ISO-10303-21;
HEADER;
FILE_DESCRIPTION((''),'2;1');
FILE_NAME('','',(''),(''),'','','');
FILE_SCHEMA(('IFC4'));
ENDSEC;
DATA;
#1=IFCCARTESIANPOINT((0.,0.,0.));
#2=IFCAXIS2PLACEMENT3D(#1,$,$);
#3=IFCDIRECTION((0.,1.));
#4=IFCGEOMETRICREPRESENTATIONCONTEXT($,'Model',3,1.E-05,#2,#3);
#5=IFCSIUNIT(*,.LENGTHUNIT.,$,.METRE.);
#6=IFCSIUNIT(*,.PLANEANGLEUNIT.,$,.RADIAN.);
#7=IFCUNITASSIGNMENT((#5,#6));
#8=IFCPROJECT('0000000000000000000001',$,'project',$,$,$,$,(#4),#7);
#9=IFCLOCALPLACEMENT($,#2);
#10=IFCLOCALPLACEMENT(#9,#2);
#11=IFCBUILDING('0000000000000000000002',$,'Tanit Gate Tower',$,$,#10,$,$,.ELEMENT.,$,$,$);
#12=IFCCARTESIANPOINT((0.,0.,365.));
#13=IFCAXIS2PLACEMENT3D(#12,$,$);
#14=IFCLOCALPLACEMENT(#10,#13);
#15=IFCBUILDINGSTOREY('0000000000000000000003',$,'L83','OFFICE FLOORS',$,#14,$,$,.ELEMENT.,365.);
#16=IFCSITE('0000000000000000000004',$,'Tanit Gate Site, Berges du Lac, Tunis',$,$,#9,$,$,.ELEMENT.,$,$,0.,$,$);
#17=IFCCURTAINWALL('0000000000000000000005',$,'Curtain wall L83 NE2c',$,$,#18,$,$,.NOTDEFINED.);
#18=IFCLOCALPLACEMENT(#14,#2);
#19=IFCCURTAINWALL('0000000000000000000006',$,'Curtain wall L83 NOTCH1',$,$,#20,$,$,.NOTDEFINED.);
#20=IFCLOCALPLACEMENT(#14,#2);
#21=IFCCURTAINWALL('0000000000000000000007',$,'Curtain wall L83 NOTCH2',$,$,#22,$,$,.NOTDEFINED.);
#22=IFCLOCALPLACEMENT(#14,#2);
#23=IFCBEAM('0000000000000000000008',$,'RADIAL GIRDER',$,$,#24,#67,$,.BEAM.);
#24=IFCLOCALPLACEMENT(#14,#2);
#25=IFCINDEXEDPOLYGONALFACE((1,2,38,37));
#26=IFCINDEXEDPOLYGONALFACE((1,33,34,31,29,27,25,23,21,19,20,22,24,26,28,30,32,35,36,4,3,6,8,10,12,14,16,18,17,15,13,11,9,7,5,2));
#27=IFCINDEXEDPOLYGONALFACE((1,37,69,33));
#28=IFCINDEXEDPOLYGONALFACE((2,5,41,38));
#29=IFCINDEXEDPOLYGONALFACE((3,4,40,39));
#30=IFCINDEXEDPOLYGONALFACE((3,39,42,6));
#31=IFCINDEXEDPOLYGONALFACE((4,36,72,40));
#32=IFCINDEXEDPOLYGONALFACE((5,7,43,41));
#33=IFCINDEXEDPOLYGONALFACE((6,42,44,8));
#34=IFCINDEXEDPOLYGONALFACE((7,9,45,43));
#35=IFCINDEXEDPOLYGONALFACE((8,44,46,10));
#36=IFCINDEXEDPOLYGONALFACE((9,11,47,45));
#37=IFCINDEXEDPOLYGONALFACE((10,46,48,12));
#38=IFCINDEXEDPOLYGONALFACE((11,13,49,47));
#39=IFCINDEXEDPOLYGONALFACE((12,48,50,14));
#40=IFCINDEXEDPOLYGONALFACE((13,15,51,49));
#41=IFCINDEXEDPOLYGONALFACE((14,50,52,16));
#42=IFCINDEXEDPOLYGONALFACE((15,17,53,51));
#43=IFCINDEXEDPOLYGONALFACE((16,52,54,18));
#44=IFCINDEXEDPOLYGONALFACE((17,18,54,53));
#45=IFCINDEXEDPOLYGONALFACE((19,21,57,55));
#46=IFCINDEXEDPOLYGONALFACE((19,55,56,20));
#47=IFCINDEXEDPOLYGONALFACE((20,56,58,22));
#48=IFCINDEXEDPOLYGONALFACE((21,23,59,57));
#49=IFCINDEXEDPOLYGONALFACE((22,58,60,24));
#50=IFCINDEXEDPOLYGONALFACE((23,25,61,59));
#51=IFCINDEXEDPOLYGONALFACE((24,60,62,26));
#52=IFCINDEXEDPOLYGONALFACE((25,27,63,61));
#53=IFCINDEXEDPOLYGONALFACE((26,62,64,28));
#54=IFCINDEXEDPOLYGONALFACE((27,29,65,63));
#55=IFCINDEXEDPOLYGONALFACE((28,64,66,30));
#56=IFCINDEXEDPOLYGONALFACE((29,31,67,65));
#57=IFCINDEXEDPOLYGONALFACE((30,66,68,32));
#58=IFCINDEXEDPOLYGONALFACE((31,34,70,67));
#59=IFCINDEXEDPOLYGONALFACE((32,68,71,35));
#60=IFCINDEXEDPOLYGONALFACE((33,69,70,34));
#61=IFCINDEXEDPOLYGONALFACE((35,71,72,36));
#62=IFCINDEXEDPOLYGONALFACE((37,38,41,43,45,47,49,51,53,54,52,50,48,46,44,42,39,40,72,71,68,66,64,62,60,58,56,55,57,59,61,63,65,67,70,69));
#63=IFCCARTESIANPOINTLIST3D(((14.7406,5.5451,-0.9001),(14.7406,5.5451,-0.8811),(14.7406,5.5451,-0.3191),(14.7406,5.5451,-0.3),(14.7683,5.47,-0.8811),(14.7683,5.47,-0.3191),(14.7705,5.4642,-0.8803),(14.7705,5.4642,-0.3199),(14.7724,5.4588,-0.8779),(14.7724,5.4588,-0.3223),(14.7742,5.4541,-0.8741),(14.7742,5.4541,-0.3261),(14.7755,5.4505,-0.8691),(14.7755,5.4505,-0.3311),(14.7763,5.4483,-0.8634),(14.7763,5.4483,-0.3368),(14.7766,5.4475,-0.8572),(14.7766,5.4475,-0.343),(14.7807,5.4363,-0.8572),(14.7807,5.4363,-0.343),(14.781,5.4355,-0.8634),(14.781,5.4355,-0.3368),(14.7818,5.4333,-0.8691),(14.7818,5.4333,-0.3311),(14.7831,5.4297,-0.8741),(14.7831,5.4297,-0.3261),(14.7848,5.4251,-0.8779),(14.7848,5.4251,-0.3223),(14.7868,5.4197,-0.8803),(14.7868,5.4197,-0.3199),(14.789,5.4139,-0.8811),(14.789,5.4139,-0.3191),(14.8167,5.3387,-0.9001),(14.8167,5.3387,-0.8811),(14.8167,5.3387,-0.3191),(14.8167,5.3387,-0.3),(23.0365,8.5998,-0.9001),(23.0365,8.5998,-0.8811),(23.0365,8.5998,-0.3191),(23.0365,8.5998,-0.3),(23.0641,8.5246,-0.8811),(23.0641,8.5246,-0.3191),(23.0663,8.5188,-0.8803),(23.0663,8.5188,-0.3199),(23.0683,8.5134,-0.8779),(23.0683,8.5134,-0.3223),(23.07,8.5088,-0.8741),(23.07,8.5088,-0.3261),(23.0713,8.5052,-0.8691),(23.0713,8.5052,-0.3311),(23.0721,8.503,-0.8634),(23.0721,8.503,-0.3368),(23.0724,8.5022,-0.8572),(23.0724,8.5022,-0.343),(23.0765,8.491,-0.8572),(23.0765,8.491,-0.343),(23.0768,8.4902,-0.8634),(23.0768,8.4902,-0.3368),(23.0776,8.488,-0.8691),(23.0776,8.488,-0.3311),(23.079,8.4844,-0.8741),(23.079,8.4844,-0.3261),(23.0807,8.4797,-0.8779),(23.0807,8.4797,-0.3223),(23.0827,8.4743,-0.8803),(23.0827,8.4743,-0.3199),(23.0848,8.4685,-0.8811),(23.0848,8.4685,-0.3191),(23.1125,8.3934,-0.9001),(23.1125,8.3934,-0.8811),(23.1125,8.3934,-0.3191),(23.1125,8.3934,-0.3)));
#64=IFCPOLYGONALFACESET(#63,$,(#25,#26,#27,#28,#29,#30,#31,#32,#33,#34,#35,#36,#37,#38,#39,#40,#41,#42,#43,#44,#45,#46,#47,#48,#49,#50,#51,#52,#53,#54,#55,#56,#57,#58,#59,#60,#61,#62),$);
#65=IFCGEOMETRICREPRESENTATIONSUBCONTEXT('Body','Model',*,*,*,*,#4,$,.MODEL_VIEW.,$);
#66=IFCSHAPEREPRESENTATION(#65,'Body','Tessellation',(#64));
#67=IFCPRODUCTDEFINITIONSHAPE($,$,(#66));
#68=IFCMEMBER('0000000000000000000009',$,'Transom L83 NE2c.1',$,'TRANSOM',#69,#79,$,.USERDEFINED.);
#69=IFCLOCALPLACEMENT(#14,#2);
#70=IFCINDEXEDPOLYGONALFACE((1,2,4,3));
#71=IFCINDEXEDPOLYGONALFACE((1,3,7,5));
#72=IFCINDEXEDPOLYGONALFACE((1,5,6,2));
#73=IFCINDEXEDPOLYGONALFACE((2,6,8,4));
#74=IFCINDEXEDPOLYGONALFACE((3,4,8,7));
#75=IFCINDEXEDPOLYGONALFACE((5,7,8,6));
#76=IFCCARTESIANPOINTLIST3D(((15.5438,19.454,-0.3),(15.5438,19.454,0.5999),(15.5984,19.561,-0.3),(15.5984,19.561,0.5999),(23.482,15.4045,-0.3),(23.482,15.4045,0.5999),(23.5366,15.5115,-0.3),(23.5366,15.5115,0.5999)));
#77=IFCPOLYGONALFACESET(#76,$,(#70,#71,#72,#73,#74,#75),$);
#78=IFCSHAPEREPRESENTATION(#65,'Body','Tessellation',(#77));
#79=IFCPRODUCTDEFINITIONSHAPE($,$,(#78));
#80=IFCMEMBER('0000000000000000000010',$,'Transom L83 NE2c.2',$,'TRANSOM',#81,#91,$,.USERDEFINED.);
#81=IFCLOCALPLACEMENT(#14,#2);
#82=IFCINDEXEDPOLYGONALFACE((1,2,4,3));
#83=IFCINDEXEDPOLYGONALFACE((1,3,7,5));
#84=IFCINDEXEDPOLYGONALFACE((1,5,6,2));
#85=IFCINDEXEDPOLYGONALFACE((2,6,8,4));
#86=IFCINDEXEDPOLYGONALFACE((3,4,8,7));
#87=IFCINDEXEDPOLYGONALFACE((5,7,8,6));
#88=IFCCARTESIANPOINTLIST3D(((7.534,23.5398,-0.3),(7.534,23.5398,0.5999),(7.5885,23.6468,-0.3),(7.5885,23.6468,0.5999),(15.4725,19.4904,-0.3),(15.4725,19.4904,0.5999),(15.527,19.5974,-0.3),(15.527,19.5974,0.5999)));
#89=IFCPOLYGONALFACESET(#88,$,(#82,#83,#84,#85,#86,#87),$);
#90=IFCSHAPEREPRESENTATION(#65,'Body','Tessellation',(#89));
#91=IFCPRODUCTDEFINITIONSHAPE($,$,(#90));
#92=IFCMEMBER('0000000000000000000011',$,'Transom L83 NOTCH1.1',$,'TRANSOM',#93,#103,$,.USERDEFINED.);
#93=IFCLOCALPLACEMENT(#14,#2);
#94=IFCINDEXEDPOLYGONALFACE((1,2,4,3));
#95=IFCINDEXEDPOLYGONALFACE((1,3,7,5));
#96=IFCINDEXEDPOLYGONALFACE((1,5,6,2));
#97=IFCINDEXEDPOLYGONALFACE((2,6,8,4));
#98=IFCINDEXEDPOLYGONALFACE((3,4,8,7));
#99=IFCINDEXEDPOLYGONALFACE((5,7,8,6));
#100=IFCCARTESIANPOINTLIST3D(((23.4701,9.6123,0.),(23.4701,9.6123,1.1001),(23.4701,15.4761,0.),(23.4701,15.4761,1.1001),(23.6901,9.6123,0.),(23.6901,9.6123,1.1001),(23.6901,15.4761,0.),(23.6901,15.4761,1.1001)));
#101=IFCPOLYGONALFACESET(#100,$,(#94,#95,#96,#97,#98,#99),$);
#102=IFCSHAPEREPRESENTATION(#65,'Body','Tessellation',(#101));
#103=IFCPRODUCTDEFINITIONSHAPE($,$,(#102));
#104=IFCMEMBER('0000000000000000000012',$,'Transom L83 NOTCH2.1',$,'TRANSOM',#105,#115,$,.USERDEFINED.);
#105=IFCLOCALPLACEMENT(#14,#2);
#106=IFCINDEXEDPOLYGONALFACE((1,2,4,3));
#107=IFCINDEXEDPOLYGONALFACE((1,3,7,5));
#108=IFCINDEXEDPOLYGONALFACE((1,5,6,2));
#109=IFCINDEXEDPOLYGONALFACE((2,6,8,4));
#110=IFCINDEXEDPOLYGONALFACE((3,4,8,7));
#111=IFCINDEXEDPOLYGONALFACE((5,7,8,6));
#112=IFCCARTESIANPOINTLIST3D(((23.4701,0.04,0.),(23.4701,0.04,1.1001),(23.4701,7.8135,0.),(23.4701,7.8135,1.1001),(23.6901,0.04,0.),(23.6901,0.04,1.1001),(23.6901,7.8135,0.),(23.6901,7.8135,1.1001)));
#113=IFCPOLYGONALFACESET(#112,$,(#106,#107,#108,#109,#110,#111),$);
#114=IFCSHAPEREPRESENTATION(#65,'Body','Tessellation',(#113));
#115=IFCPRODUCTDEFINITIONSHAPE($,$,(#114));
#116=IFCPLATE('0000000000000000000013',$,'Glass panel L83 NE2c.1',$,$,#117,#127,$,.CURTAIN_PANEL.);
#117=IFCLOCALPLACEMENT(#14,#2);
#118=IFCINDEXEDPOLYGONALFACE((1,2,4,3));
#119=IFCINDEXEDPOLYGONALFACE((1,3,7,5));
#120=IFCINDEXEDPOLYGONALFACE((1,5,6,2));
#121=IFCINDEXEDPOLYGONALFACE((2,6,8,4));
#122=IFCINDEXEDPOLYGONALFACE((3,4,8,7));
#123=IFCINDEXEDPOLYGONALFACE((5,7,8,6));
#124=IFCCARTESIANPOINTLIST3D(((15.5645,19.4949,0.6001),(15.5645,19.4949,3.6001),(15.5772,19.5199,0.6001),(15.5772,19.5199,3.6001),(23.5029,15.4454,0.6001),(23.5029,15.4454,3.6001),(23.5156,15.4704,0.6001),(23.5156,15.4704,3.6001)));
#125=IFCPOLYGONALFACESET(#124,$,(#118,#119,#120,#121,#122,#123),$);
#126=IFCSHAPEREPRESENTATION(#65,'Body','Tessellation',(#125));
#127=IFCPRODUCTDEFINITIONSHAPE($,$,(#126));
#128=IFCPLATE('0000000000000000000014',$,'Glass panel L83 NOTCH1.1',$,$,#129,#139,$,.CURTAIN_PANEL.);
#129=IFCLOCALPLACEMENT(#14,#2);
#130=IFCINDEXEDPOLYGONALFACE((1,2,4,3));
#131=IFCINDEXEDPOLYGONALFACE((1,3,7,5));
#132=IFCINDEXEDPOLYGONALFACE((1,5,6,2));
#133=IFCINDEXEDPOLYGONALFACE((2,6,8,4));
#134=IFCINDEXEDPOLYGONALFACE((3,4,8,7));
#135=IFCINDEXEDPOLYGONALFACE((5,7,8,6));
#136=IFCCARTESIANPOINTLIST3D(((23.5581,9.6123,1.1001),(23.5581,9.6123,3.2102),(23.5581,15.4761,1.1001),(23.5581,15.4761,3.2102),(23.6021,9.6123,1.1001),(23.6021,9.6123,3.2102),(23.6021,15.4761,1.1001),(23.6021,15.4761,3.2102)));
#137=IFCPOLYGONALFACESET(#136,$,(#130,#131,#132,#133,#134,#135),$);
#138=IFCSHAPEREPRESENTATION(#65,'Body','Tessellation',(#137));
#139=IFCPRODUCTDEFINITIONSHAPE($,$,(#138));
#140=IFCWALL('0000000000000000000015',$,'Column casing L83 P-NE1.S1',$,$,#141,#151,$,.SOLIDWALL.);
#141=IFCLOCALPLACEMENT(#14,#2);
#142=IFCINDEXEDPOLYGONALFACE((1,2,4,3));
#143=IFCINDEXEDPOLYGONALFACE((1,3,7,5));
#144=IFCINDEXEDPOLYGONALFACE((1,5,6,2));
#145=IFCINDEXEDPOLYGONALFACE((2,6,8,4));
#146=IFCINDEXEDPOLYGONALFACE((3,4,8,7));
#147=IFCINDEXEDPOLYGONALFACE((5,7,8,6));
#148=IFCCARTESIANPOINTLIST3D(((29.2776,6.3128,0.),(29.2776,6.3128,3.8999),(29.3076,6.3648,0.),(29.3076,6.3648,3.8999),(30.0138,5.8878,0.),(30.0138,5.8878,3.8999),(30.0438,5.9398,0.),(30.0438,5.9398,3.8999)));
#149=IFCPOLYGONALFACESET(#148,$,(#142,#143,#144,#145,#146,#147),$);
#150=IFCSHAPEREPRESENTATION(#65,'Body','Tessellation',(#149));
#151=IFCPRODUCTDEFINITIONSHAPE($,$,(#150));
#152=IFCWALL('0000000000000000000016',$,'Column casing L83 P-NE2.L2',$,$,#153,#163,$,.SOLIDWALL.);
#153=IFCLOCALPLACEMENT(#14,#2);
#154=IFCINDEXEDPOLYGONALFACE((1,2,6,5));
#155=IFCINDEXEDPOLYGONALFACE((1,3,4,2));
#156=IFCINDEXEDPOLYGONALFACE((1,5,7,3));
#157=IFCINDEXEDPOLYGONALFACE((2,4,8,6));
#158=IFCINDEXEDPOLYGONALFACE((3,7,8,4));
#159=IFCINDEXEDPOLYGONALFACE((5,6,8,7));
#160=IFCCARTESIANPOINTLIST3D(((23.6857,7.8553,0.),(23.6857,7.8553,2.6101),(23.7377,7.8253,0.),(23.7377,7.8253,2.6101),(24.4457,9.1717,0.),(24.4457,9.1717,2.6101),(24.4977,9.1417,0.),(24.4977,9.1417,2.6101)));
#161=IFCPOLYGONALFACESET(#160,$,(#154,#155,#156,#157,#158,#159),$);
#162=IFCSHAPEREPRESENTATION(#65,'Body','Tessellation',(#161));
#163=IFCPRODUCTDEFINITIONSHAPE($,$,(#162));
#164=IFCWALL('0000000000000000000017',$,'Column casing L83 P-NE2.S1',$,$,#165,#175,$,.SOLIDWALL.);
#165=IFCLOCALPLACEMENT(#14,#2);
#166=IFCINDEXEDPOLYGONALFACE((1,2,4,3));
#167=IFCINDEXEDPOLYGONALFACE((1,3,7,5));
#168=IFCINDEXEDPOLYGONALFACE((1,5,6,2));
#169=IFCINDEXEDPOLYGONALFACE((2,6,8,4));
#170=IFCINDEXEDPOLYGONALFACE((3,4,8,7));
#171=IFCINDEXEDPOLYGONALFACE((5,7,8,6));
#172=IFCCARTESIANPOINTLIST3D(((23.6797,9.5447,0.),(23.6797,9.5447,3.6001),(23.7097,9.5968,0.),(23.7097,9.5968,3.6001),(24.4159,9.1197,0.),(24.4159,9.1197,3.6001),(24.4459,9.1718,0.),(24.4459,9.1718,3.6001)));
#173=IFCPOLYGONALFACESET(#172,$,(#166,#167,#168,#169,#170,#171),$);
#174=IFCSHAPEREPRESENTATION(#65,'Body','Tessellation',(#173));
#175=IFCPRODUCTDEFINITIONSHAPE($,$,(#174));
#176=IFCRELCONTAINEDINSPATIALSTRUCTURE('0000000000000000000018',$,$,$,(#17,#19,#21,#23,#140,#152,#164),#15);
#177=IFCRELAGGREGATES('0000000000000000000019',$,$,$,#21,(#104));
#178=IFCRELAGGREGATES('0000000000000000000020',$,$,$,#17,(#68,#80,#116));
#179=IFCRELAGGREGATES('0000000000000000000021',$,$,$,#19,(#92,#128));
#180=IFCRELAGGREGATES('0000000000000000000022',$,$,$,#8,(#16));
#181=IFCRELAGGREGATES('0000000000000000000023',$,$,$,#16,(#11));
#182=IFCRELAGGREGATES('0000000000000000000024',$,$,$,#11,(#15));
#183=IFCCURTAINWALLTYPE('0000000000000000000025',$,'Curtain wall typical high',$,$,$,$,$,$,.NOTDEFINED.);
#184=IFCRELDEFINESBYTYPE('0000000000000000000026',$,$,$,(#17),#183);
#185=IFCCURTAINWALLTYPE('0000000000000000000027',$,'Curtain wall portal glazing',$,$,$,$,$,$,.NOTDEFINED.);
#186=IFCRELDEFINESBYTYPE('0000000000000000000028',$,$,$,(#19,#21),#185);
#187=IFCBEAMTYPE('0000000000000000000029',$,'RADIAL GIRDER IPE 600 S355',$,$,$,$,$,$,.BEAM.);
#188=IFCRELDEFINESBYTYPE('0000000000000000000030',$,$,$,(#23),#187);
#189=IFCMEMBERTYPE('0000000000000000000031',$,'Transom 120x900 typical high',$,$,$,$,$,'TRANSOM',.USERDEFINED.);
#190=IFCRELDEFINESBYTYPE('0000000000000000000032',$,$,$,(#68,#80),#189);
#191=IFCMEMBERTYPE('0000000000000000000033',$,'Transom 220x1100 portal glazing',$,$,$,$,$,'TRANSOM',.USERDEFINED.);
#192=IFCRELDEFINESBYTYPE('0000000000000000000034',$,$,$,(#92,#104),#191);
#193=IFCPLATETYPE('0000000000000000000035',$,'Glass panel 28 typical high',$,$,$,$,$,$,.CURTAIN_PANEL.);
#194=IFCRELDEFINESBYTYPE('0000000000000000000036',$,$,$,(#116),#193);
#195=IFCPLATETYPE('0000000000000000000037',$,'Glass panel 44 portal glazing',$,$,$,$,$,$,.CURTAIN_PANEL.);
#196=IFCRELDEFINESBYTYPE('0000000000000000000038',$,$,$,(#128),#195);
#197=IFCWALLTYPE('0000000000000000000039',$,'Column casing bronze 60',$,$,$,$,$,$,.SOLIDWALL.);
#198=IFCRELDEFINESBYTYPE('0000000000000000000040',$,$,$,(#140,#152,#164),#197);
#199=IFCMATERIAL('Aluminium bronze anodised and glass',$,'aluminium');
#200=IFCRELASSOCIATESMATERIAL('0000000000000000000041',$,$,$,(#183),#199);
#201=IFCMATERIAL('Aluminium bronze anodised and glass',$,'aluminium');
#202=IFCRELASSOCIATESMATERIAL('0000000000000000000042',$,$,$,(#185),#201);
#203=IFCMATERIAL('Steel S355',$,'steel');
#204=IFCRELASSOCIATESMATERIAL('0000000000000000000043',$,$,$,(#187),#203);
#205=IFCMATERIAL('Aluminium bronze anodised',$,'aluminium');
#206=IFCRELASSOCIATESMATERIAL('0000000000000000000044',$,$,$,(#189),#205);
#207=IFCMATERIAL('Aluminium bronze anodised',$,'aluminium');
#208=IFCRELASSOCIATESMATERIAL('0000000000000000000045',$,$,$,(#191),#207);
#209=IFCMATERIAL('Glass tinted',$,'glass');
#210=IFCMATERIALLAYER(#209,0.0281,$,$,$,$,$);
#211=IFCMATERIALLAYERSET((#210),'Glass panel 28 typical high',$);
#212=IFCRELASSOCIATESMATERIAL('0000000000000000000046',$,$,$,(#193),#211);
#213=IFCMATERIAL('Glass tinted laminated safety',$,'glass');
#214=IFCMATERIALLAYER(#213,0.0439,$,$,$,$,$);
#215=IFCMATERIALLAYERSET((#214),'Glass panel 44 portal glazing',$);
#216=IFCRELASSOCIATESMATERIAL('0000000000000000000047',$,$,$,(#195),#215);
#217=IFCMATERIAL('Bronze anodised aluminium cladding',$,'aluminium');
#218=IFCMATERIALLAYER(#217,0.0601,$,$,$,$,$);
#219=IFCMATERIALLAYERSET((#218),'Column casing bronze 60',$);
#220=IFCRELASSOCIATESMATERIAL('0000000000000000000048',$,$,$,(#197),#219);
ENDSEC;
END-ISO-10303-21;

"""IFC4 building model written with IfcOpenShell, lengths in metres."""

from ifc_helpers import new_model, si_unit, direction, frame, frame_2d, origin, origin_2d, place, context, subcontext, project, spatial, rectangle, i_section, extrude, material, layer, layer_set, material_profile, profile_set, type_object, element, aggregate, save


model = new_model("IFC4")

# Units and contexts
model_context = context("Model", 3, precision=1e-05, world=origin(), true_north=direction((0.0, 1.0)))
body_context = subcontext(model_context, "Body", "Model", "MODEL_VIEW")
ifc_project = project(units=[si_unit("LENGTHUNIT", "METRE"), si_unit("PLANEANGLEUNIT", "RADIAN")], contexts=[model_context])

# Site, building, storey
site_placement = place(None, origin())
site = spatial("IfcSite", under=ifc_project, at=site_placement, Name="Tanit Gate Site, Berges du Lac, Tunis", CompositionType="ELEMENT", RefElevation=0.0)
building_placement = place(site_placement, origin())
building = spatial("IfcBuilding", under=site, at=building_placement, Name="Tanit Gate Tower", CompositionType="ELEMENT")
storey_placement = place(building_placement, frame((0.0, 0.0, 365.0)))
storey = spatial("IfcBuildingStorey", under=building, at=storey_placement, Name="L83", Description="OFFICE FLOORS", CompositionType="ELEMENT", Elevation=365.0)

# Curtain walls
ifc_material_1 = material(Name="Aluminium bronze anodised and glass", Category="aluminium")
curtain_wall_type_1 = type_object("IfcCurtainWallType", Name="Curtain wall typical high", PredefinedType="NOTDEFINED", material=ifc_material_1)
curtain_wall_1_placement = place(storey_placement, origin())
curtain_wall_1 = element("IfcCurtainWall", 1, at=curtain_wall_1_placement, inside=storey, type_object=curtain_wall_type_1, Name="Curtain wall L83 NE2c", PredefinedType="NOTDEFINED")
ifc_material_2 = material(Name="Aluminium bronze anodised and glass", Category="aluminium")
curtain_wall_type_2 = type_object("IfcCurtainWallType", Name="Curtain wall portal glazing", PredefinedType="NOTDEFINED", material=ifc_material_2)
curtain_wall_2_placement = place(storey_placement, origin())
curtain_wall_2 = element("IfcCurtainWall", 2, at=curtain_wall_2_placement, inside=storey, type_object=curtain_wall_type_2, Name="Curtain wall L83 NOTCH1", PredefinedType="NOTDEFINED")

# Curtain wall
curtain_wall_3_placement = place(storey_placement, origin())
curtain_wall_3 = element("IfcCurtainWall", 3, at=curtain_wall_3_placement, inside=storey, type_object=curtain_wall_type_2, Name="Curtain wall L83 NOTCH2", PredefinedType="NOTDEFINED")

# Beam
ifc_material_3 = material(Name="Steel S355", Category="steel")
ifc_material_profile_1 = material_profile(ifc_material_3, i_section(OverallWidth=0.22, OverallDepth=0.6001, WebThickness=0.012, FlangeThickness=0.019, FilletRadius=0.0239, at=origin_2d()), Name="IPE 600")
ifc_profile_set_1 = profile_set([ifc_material_profile_1], Name="Steel S355")
beam_type_1 = type_object("IfcBeamType", Name="RADIAL GIRDER IPE 600 S355", PredefinedType="BEAM", material=ifc_profile_set_1)
beam_1_placement = place(storey_placement, frame((23.0745, 8.4966, -0.6001), z_axis=(-0.938405, -0.345536, 0.0), x_axis=(0.345536, -0.938405, 0.0)))
element("IfcBeam", 4, at=beam_1_placement, inside=storey, type_object=beam_type_1, Name="RADIAL GIRDER", PredefinedType="BEAM", context=body_context, shape_type="SweptSolid", body=[
    extrude(i_section(OverallWidth=0.22, OverallDepth=0.6001, WebThickness=0.012, FlangeThickness=0.019, FilletRadius=0.0239, at=origin_2d()), origin(), (0.0, 0.0, 1.0), 8.8403),
])

# Members
ifc_material_4 = material(Name="Aluminium bronze anodised", Category="aluminium")
ifc_material_profile_2 = material_profile(ifc_material_4, rectangle(XDim=0.1201, YDim=0.8999, at=origin_2d()), Name="120x900 bronze transom")
ifc_profile_set_2 = profile_set([ifc_material_profile_2], Name="Aluminium bronze anodised")
member_type_1 = type_object("IfcMemberType", Name="Transom 120x900 typical high", ElementType="TRANSOM", PredefinedType="USERDEFINED", material=ifc_profile_set_2)
member_1_placement = place(storey_placement, frame((23.5093, 15.458, 0.1499), z_axis=(-0.890787, 0.454421, 0.0), x_axis=(-0.454421, -0.890787, 0.0)))
member_1 = element("IfcMember", 5, at=member_1_placement, type_object=member_type_1, Name="Transom L83 NE2c.1", ObjectType="TRANSOM", PredefinedType="USERDEFINED", context=body_context, shape_type="SweptSolid", body=[
    extrude(rectangle(XDim=0.1201, YDim=0.8999, at=origin_2d()), origin(), (0.0, 0.0, 1.0), 8.9114),
])
member_2_placement = place(storey_placement, frame((15.4998, 19.5439, 0.1499), z_axis=(-0.890804, 0.454388, 0.0), x_axis=(-0.454388, -0.890804, 0.0)))
member_2 = element("IfcMember", 6, at=member_2_placement, type_object=member_type_1, Name="Transom L83 NE2c.2", ObjectType="TRANSOM", PredefinedType="USERDEFINED", context=body_context, shape_type="SweptSolid", body=[
    extrude(rectangle(XDim=0.1201, YDim=0.8999, at=origin_2d()), origin(), (0.0, 0.0, 1.0), 8.9116),
])
ifc_material_5 = material(Name="Aluminium bronze anodised", Category="aluminium")
ifc_material_profile_3 = material_profile(ifc_material_5, rectangle(XDim=0.22, YDim=1.1001, at=origin_2d()), Name="220x1100 bronze transom")
ifc_profile_set_3 = profile_set([ifc_material_profile_3], Name="Aluminium bronze anodised")
member_type_2 = type_object("IfcMemberType", Name="Transom 220x1100 portal glazing", ElementType="TRANSOM", PredefinedType="USERDEFINED", material=ifc_profile_set_3)
member_3_placement = place(storey_placement, frame((23.5801, 15.4761, 0.55), z_axis=(0.0, -1.0, 0.0), x_axis=(1.0, 0.0, 0.0)))
member_3 = element("IfcMember", 7, at=member_3_placement, type_object=member_type_2, Name="Transom L83 NOTCH1.1", ObjectType="TRANSOM", PredefinedType="USERDEFINED", context=body_context, shape_type="SweptSolid", body=[
    extrude(rectangle(XDim=0.22, YDim=1.1001, at=origin_2d()), origin(), (0.0, 0.0, 1.0), 5.8638),
])
member_4_placement = place(storey_placement, frame((23.5801, 7.8135, 0.55), z_axis=(0.0, -1.0, 0.0), x_axis=(1.0, 0.0, 0.0)))
member_4 = element("IfcMember", 8, at=member_4_placement, type_object=member_type_2, Name="Transom L83 NOTCH2.1", ObjectType="TRANSOM", PredefinedType="USERDEFINED", context=body_context, shape_type="SweptSolid", body=[
    extrude(rectangle(XDim=0.22, YDim=1.1001, at=origin_2d()), origin(), (0.0, 0.0, 1.0), 7.7734),
])
aggregate(curtain_wall_3, [member_4])

# Plates
ifc_material_6 = material(Name="Glass tinted", Category="glass")
ifc_layer_1 = layer(ifc_material_6, 0.0281)
ifc_layer_set_1 = layer_set([ifc_layer_1], Name="Glass panel 28 typical high")
plate_type_1 = type_object("IfcPlateType", Name="Glass panel 28 typical high", PredefinedType="CURTAIN_PANEL", material=ifc_layer_set_1)
plate_1_placement = place(storey_placement, frame((19.54, 17.4827, 0.6001), z_axis=(0.0, 0.0, 1.0), x_axis=(-0.890792, 0.454411, 0.0)))
plate_1 = element("IfcPlate", 9, at=plate_1_placement, type_object=plate_type_1, Name="Glass panel L83 NE2c.1", PredefinedType="CURTAIN_PANEL", context=body_context, shape_type="SweptSolid", body=[
    extrude(rectangle(XDim=8.9116, YDim=0.0281, at=origin_2d()), origin(), (0.0, 0.0, 1.0), 3.0),
])
aggregate(curtain_wall_1, [member_1, member_2, plate_1])
ifc_material_7 = material(Name="Glass tinted laminated safety", Category="glass")
ifc_layer_2 = layer(ifc_material_7, 0.0439)
ifc_layer_set_2 = layer_set([ifc_layer_2], Name="Glass panel 44 portal glazing")
plate_type_2 = type_object("IfcPlateType", Name="Glass panel 44 portal glazing", PredefinedType="CURTAIN_PANEL", material=ifc_layer_set_2)
plate_2_placement = place(storey_placement, frame((23.5801, 12.5442, 1.1001), z_axis=(0.0, 0.0, 1.0), x_axis=(0.0, -1.0, 0.0)))
plate_2 = element("IfcPlate", 10, at=plate_2_placement, type_object=plate_type_2, Name="Glass panel L83 NOTCH1.1", PredefinedType="CURTAIN_PANEL", context=body_context, shape_type="SweptSolid", body=[
    extrude(rectangle(XDim=5.8638, YDim=0.0439, at=origin_2d()), origin(), (0.0, 0.0, 1.0), 2.1101),
])
aggregate(curtain_wall_2, [member_3, plate_2])

# Walls
ifc_material_8 = material(Name="Bronze anodised aluminium cladding", Category="aluminium")
ifc_layer_3 = layer(ifc_material_8, 0.0601)
ifc_layer_set_3 = layer_set([ifc_layer_3], Name="Column casing bronze 60")
wall_type = type_object("IfcWallType", Name="Column casing bronze 60", PredefinedType="SOLIDWALL", material=ifc_layer_set_3)
wall_1_placement = place(storey_placement, frame((30.0288, 5.9138, 0.0), z_axis=(0.0, 0.0, 1.0), x_axis=(-0.866061, 0.499938, 0.0)))
element("IfcWall", 11, at=wall_1_placement, inside=storey, type_object=wall_type, Name="Column casing L83 P-NE1.S1", PredefinedType="SOLIDWALL", context=body_context, shape_type="SweptSolid", body=[
    extrude(rectangle(XDim=0.8501, YDim=0.0601, at=frame_2d((0.425, 0.0))), origin(), (0.0, 0.0, 1.0), 3.8999),
])
wall_2_placement = place(storey_placement, frame((23.7117, 7.8403, 0.0), z_axis=(0.0, 0.0, 1.0), x_axis=(0.499991, 0.86603, 0.0)))
element("IfcWall", 12, at=wall_2_placement, inside=storey, type_object=wall_type, Name="Column casing L83 P-NE2.L2", PredefinedType="SOLIDWALL", context=body_context, shape_type="SweptSolid", body=[
    extrude(rectangle(XDim=1.52, YDim=0.0601, at=frame_2d((0.76, 0.0))), origin(), (0.0, 0.0, 1.0), 2.6101),
])
wall_3_placement = place(storey_placement, frame((24.4309, 9.1458, 0.0), z_axis=(0.0, 0.0, 1.0), x_axis=(-0.866061, 0.499938, 0.0)))
element("IfcWall", 13, at=wall_3_placement, inside=storey, type_object=wall_type, Name="Column casing L83 P-NE2.S1", PredefinedType="SOLIDWALL", context=body_context, shape_type="SweptSolid", body=[
    extrude(rectangle(XDim=0.8501, YDim=0.0601, at=frame_2d((0.425, 0.0))), origin(), (0.0, 0.0, 1.0), 3.6001),
])

save(model, "model.ifc")
